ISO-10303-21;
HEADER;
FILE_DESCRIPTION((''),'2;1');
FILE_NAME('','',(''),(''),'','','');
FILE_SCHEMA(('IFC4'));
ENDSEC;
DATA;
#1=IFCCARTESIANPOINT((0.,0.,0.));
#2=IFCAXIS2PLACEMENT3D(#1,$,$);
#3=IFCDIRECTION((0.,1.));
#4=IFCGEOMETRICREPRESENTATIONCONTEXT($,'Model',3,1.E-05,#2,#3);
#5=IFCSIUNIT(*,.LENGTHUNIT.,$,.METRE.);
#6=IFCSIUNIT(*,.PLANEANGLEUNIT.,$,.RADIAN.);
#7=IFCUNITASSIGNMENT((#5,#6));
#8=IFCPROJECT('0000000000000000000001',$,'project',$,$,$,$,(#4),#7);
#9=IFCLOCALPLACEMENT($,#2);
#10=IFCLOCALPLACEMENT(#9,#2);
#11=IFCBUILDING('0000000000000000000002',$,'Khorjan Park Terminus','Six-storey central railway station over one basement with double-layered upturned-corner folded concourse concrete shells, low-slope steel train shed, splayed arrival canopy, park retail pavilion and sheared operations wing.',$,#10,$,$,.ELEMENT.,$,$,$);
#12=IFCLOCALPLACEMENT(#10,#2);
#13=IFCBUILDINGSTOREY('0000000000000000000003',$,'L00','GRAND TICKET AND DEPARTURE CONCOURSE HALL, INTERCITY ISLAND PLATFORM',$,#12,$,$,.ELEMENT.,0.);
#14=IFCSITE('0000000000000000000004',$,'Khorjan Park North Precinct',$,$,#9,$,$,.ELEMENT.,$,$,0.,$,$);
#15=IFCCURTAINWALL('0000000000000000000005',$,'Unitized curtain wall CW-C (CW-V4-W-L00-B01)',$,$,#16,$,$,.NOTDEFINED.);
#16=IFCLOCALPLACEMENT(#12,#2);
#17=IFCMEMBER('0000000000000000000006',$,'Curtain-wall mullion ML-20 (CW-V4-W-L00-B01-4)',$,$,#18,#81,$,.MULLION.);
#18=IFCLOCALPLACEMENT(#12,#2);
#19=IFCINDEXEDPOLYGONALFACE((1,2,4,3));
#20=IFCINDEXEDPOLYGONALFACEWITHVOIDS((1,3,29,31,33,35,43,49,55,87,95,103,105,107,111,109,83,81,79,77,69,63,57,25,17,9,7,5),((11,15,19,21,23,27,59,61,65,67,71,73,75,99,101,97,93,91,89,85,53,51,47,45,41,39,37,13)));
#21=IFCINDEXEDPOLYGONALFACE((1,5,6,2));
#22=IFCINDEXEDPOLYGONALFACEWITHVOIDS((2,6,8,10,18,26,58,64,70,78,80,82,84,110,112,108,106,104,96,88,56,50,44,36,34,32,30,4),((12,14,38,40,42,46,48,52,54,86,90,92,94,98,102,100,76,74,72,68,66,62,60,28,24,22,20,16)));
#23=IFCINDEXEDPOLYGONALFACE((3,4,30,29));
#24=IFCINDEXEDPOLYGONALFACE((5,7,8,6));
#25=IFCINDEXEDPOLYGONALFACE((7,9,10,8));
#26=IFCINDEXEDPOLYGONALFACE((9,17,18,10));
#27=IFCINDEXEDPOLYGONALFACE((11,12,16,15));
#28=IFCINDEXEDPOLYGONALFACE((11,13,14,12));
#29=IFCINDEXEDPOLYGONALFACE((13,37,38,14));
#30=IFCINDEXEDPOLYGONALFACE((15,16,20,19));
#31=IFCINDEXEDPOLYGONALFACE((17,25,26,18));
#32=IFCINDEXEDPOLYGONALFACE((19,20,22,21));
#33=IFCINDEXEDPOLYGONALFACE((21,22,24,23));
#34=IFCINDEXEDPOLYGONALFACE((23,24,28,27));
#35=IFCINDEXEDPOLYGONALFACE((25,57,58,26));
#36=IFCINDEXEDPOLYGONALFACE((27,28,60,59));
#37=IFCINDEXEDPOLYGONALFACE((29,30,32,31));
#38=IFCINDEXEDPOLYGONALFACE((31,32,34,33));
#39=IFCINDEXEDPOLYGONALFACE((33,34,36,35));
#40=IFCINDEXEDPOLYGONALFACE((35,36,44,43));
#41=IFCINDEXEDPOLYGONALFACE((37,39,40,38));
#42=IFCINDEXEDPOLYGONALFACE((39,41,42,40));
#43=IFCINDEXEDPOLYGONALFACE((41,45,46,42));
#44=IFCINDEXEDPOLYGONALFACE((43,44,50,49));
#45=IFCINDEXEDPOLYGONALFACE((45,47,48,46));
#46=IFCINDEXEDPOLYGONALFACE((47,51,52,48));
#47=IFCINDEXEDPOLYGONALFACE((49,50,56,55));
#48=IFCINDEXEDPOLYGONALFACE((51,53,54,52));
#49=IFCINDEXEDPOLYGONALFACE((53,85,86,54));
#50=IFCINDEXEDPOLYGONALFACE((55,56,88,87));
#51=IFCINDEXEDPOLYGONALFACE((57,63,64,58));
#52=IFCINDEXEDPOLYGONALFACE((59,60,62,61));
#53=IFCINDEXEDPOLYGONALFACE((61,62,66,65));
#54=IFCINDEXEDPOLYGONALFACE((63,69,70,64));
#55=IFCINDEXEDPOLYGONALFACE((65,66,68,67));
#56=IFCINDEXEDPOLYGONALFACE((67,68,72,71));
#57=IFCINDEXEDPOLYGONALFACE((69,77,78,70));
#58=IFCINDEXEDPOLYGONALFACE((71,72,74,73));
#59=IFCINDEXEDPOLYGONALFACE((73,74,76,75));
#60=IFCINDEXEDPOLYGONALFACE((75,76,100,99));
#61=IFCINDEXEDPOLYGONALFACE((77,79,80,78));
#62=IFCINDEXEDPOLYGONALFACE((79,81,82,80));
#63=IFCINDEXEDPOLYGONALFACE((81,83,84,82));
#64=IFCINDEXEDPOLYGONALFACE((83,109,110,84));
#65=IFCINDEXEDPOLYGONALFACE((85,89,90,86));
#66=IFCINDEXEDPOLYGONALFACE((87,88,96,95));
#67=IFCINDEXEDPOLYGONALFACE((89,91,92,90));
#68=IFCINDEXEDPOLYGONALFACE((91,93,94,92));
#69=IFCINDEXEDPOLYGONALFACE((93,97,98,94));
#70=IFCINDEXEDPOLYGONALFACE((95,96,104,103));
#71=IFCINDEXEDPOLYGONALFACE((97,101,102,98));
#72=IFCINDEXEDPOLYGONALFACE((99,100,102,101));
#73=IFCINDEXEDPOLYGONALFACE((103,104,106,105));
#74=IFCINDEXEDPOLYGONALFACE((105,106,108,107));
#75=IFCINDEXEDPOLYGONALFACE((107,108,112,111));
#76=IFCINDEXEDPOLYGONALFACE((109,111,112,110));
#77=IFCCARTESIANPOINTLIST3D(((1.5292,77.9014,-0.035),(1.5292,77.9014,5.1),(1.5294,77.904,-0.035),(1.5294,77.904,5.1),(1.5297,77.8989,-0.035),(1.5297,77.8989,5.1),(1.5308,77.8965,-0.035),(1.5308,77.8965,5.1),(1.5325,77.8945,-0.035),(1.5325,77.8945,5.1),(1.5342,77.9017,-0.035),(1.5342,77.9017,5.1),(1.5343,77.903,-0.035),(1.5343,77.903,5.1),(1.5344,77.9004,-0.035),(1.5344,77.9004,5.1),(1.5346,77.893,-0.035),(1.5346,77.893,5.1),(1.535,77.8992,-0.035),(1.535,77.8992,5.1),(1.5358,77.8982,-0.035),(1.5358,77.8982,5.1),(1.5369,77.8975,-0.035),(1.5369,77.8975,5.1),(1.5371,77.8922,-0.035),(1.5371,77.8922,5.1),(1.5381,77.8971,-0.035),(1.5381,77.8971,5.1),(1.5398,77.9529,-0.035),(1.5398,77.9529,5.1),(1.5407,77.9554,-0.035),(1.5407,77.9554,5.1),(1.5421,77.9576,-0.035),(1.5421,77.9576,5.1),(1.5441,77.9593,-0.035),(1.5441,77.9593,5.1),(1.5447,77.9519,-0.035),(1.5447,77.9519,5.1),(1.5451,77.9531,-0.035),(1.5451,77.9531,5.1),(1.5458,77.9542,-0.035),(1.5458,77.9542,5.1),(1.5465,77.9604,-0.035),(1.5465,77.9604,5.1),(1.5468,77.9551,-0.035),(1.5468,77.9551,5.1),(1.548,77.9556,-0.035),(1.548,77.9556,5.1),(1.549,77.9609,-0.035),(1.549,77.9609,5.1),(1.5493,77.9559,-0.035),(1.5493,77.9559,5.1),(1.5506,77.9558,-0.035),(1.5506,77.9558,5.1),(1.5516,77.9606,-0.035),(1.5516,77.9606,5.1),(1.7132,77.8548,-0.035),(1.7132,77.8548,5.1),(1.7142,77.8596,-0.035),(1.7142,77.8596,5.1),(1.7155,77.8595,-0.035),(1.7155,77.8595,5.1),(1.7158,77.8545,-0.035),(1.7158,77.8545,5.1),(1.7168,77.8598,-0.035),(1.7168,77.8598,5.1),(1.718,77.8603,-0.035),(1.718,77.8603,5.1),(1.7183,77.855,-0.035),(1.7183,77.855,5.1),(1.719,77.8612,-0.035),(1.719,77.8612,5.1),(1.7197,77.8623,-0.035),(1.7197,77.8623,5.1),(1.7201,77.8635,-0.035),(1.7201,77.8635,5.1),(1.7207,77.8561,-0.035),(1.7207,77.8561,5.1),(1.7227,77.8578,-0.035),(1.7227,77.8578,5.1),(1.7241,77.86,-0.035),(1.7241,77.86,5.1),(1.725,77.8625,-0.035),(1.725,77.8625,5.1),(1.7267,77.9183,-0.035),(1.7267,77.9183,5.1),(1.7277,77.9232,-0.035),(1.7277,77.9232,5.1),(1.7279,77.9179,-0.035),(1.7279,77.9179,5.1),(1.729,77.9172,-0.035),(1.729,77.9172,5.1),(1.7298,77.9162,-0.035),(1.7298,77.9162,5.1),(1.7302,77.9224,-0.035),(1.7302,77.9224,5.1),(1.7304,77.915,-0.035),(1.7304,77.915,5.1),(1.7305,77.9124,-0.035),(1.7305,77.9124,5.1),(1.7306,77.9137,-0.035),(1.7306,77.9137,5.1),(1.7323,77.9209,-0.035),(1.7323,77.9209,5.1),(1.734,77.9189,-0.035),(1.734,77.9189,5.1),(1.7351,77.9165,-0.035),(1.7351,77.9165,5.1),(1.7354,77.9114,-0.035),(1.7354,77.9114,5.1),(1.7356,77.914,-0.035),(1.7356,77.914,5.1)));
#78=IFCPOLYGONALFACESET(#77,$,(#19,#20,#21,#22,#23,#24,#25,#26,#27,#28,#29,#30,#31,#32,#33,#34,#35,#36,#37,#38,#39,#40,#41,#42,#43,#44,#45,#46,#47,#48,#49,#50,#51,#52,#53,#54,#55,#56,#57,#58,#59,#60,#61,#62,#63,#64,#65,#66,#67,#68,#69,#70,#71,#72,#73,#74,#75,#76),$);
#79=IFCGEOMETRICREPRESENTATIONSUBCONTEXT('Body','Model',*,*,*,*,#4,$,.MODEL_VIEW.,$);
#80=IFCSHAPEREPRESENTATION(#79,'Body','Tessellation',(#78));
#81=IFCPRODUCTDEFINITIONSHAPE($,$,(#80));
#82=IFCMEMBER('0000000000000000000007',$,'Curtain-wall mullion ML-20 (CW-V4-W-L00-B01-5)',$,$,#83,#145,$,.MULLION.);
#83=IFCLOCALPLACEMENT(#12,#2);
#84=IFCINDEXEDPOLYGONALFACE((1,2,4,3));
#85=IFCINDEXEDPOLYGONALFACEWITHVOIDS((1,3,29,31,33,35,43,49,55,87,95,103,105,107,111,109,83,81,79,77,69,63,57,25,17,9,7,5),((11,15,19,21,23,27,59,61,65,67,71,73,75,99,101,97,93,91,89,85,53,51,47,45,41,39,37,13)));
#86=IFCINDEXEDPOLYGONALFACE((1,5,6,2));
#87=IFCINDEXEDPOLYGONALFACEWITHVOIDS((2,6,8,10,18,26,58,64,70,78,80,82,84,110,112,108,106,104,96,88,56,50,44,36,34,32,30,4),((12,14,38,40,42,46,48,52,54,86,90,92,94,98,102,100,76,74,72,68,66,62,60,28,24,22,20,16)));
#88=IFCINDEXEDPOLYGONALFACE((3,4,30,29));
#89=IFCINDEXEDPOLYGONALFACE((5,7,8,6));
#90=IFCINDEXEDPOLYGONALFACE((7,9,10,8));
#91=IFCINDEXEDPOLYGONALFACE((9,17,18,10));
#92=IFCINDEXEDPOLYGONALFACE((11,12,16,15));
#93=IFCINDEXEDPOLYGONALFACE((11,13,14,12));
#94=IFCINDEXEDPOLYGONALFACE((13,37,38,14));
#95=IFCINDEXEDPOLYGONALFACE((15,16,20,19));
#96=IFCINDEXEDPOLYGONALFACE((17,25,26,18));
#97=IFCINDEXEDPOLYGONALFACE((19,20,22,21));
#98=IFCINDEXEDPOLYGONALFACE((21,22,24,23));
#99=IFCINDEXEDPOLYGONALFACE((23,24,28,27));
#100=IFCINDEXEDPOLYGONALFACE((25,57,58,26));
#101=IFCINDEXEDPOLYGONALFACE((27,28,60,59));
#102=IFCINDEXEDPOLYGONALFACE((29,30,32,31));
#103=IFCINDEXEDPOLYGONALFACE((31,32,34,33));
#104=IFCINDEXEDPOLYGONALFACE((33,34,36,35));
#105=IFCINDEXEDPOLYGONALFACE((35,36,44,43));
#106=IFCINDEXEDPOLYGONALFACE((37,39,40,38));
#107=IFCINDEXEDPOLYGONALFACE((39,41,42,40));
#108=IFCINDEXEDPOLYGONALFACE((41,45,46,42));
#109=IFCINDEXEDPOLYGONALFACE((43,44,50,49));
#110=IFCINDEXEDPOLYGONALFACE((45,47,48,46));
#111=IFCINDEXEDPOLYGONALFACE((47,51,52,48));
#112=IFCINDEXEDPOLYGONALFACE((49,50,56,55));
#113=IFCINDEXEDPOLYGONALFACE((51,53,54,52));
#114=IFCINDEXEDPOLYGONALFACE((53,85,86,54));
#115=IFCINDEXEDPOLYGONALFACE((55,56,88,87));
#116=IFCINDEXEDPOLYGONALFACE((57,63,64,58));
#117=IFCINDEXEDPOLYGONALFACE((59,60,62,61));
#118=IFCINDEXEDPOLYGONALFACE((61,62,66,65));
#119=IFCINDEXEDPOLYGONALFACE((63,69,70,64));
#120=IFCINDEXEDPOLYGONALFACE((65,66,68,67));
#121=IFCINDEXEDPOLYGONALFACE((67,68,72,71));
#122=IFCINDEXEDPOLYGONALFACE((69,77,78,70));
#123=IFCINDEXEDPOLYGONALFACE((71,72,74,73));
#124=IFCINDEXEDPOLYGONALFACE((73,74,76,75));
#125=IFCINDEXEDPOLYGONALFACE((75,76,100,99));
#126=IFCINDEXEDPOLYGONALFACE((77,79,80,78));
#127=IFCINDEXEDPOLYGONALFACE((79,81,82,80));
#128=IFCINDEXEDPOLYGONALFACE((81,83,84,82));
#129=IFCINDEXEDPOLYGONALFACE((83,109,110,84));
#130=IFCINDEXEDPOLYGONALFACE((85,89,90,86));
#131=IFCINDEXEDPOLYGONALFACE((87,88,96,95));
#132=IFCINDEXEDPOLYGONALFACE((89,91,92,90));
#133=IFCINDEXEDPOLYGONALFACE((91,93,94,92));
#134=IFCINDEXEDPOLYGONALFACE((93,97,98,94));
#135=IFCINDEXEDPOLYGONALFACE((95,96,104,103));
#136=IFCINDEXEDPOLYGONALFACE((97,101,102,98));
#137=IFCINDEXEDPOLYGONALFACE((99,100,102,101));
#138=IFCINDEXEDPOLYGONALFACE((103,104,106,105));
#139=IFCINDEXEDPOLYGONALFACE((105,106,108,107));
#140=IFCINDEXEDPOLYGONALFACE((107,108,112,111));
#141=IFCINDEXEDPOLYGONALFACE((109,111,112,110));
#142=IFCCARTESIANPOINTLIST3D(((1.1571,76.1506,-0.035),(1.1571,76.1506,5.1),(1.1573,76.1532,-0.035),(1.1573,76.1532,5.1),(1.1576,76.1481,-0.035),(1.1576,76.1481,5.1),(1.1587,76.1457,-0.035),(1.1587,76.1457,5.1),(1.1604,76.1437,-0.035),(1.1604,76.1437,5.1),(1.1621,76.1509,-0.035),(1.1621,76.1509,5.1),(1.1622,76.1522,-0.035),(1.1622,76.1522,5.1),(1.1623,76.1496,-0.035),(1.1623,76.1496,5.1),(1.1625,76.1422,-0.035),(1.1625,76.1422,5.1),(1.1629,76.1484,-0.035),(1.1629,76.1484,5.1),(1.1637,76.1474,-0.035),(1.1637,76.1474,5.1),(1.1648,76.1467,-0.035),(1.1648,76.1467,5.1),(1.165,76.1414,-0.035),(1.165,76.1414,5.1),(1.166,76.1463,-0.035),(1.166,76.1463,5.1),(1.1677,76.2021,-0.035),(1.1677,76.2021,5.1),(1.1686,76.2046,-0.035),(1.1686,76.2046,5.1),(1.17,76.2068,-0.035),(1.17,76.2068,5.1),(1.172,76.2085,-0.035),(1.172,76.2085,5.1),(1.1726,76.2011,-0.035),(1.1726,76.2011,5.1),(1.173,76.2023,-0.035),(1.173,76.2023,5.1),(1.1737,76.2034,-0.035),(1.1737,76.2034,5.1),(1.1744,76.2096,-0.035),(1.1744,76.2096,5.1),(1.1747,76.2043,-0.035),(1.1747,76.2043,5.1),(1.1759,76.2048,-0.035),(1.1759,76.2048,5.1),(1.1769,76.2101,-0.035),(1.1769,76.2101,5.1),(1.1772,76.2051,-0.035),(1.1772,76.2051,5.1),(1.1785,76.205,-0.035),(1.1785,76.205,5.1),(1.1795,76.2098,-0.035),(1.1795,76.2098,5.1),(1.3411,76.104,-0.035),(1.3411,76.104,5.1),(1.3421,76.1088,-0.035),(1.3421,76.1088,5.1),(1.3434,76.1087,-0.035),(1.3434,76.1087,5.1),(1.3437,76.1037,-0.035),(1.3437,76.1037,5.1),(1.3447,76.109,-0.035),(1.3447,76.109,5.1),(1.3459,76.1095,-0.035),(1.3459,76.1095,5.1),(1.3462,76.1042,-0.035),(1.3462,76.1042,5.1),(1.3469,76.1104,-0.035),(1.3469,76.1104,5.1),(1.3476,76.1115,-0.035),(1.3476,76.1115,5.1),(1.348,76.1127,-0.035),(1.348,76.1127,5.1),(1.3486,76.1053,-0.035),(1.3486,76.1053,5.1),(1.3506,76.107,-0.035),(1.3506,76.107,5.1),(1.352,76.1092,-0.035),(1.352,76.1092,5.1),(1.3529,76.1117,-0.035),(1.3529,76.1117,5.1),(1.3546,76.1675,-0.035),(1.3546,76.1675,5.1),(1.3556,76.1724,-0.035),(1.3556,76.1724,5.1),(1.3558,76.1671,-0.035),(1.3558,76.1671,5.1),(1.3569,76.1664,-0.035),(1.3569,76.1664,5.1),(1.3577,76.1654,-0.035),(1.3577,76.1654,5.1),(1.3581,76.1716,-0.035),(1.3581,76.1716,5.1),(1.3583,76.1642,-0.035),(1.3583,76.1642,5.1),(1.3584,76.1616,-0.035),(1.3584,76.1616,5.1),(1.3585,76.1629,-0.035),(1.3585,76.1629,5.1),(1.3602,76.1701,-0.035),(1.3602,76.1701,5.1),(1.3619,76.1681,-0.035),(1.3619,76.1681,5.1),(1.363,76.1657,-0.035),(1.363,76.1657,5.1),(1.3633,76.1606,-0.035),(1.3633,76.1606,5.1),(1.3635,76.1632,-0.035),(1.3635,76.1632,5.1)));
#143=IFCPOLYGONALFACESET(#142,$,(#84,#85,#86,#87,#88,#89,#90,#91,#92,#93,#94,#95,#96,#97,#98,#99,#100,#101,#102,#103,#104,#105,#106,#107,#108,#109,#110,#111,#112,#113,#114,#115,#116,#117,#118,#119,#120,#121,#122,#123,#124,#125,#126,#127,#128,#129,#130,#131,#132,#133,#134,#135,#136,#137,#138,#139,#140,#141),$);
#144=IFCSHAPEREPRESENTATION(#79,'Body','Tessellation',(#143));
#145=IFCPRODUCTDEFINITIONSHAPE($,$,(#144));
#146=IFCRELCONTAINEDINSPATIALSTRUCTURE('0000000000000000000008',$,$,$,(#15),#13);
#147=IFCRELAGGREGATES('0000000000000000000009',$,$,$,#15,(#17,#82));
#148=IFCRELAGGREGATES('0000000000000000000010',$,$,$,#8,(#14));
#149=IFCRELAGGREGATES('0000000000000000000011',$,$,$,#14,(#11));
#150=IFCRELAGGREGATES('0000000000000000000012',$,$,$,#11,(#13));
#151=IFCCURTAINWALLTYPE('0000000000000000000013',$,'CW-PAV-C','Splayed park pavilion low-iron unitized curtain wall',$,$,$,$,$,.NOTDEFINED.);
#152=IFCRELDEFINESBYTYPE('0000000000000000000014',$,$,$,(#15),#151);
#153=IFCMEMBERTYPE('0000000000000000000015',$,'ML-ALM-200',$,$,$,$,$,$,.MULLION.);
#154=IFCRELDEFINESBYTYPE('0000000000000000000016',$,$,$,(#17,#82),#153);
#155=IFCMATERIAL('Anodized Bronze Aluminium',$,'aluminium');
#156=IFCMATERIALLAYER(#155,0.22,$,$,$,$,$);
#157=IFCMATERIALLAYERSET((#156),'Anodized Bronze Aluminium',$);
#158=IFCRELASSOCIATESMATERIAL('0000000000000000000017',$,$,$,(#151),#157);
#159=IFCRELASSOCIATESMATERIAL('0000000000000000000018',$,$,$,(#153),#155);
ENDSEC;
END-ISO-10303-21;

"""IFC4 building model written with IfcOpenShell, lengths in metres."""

from ifc_helpers import new_model, si_unit, direction, frame, origin, origin_2d, place, context, subcontext, project, spatial, hollow_rectangle, extrude, material, layer, layer_set, material_profile, profile_set, type_object, element, aggregate, save


model = new_model("IFC4")

# Units and contexts
model_context = context("Model", 3, precision=1e-05, world=origin(), true_north=direction((0.0, 1.0)))
body_context = subcontext(model_context, "Body", "Model", "MODEL_VIEW")
ifc_project = project(units=[si_unit("LENGTHUNIT", "METRE"), si_unit("PLANEANGLEUNIT", "RADIAN")], contexts=[model_context])

# Site, building, storey
site_placement = place(None, origin())
site = spatial("IfcSite", under=ifc_project, at=site_placement, Name="Khorjan Park North Precinct", CompositionType="ELEMENT", RefElevation=0.0)
building_placement = place(site_placement, origin())
building = spatial("IfcBuilding", under=site, at=building_placement, Name="Khorjan Park Terminus", Description="Six-storey central railway station over one basement with double-layered upturned-corner folded concourse concrete shells, low-slope steel train shed, splayed arrival canopy, park retail pavilion and sheared operations wing.", CompositionType="ELEMENT")
storey_placement = place(building_placement, origin())
storey = spatial("IfcBuildingStorey", under=building, at=storey_placement, Name="L00", Description="GRAND TICKET AND DEPARTURE CONCOURSE HALL, INTERCITY ISLAND PLATFORM", CompositionType="ELEMENT", Elevation=0.0)

# Curtain wall, members
ifc_material_1 = material(Name="Anodized Bronze Aluminium", Category="aluminium")
ifc_layer_1 = layer(ifc_material_1, 0.22)
ifc_layer_set_1 = layer_set([ifc_layer_1], Name="Anodized Bronze Aluminium")
curtain_wall_type = type_object("IfcCurtainWallType", Name="CW-PAV-C", Description="Splayed park pavilion low-iron unitized curtain wall", PredefinedType="NOTDEFINED", material=ifc_layer_set_1)
curtain_wall_placement = place(storey_placement, origin())
curtain_wall = element("IfcCurtainWall", 1, at=curtain_wall_placement, inside=storey, type_object=curtain_wall_type, Name="Unitized curtain wall CW-C (CW-V4-W-L00-B01)", PredefinedType="NOTDEFINED")
ifc_material_profile_1 = material_profile(ifc_material_1, hollow_rectangle(XDim=0.07, YDim=0.2, WallThickness=0.005, InnerFilletRadius=0.005, OuterFilletRadius=0.01, at=origin_2d()), Name="ALM 70x200x5")
ifc_profile_set_1 = profile_set([ifc_material_profile_1], Name="Anodized Bronze Aluminium")
member_type_1 = type_object("IfcMemberType", Name="ML-ALM-200", PredefinedType="MULLION", material=ifc_profile_set_1)
member_1_placement = place(storey_placement, frame((1.6324, 77.9077, -0.035), z_axis=(0.0, 0.0, 1.0), x_axis=(-0.207917, -0.978147, 0.0)))
member_1 = element("IfcMember", 2, at=member_1_placement, type_object=member_type_1, Name="Curtain-wall mullion ML-20 (CW-V4-W-L00-B01-4)", PredefinedType="MULLION", context=body_context, shape_type="SweptSolid", body=[
    extrude(hollow_rectangle(XDim=0.07, YDim=0.2, WallThickness=0.005, InnerFilletRadius=0.005, OuterFilletRadius=0.01, at=origin_2d()), origin(), (0.0, 0.0, 1.0), 5.135),
])
member_2_placement = place(storey_placement, frame((1.2603, 76.1569, -0.035), z_axis=(0.0, 0.0, 1.0), x_axis=(-0.207917, -0.978147, 0.0)))
member_2 = element("IfcMember", 3, at=member_2_placement, type_object=member_type_1, Name="Curtain-wall mullion ML-20 (CW-V4-W-L00-B01-5)", PredefinedType="MULLION", context=body_context, shape_type="SweptSolid", body=[
    extrude(hollow_rectangle(XDim=0.07, YDim=0.2, WallThickness=0.005, InnerFilletRadius=0.005, OuterFilletRadius=0.01, at=origin_2d()), origin(), (0.0, 0.0, 1.0), 5.135),
])
aggregate(curtain_wall, [member_1, member_2])

save(model, "model.ifc")
